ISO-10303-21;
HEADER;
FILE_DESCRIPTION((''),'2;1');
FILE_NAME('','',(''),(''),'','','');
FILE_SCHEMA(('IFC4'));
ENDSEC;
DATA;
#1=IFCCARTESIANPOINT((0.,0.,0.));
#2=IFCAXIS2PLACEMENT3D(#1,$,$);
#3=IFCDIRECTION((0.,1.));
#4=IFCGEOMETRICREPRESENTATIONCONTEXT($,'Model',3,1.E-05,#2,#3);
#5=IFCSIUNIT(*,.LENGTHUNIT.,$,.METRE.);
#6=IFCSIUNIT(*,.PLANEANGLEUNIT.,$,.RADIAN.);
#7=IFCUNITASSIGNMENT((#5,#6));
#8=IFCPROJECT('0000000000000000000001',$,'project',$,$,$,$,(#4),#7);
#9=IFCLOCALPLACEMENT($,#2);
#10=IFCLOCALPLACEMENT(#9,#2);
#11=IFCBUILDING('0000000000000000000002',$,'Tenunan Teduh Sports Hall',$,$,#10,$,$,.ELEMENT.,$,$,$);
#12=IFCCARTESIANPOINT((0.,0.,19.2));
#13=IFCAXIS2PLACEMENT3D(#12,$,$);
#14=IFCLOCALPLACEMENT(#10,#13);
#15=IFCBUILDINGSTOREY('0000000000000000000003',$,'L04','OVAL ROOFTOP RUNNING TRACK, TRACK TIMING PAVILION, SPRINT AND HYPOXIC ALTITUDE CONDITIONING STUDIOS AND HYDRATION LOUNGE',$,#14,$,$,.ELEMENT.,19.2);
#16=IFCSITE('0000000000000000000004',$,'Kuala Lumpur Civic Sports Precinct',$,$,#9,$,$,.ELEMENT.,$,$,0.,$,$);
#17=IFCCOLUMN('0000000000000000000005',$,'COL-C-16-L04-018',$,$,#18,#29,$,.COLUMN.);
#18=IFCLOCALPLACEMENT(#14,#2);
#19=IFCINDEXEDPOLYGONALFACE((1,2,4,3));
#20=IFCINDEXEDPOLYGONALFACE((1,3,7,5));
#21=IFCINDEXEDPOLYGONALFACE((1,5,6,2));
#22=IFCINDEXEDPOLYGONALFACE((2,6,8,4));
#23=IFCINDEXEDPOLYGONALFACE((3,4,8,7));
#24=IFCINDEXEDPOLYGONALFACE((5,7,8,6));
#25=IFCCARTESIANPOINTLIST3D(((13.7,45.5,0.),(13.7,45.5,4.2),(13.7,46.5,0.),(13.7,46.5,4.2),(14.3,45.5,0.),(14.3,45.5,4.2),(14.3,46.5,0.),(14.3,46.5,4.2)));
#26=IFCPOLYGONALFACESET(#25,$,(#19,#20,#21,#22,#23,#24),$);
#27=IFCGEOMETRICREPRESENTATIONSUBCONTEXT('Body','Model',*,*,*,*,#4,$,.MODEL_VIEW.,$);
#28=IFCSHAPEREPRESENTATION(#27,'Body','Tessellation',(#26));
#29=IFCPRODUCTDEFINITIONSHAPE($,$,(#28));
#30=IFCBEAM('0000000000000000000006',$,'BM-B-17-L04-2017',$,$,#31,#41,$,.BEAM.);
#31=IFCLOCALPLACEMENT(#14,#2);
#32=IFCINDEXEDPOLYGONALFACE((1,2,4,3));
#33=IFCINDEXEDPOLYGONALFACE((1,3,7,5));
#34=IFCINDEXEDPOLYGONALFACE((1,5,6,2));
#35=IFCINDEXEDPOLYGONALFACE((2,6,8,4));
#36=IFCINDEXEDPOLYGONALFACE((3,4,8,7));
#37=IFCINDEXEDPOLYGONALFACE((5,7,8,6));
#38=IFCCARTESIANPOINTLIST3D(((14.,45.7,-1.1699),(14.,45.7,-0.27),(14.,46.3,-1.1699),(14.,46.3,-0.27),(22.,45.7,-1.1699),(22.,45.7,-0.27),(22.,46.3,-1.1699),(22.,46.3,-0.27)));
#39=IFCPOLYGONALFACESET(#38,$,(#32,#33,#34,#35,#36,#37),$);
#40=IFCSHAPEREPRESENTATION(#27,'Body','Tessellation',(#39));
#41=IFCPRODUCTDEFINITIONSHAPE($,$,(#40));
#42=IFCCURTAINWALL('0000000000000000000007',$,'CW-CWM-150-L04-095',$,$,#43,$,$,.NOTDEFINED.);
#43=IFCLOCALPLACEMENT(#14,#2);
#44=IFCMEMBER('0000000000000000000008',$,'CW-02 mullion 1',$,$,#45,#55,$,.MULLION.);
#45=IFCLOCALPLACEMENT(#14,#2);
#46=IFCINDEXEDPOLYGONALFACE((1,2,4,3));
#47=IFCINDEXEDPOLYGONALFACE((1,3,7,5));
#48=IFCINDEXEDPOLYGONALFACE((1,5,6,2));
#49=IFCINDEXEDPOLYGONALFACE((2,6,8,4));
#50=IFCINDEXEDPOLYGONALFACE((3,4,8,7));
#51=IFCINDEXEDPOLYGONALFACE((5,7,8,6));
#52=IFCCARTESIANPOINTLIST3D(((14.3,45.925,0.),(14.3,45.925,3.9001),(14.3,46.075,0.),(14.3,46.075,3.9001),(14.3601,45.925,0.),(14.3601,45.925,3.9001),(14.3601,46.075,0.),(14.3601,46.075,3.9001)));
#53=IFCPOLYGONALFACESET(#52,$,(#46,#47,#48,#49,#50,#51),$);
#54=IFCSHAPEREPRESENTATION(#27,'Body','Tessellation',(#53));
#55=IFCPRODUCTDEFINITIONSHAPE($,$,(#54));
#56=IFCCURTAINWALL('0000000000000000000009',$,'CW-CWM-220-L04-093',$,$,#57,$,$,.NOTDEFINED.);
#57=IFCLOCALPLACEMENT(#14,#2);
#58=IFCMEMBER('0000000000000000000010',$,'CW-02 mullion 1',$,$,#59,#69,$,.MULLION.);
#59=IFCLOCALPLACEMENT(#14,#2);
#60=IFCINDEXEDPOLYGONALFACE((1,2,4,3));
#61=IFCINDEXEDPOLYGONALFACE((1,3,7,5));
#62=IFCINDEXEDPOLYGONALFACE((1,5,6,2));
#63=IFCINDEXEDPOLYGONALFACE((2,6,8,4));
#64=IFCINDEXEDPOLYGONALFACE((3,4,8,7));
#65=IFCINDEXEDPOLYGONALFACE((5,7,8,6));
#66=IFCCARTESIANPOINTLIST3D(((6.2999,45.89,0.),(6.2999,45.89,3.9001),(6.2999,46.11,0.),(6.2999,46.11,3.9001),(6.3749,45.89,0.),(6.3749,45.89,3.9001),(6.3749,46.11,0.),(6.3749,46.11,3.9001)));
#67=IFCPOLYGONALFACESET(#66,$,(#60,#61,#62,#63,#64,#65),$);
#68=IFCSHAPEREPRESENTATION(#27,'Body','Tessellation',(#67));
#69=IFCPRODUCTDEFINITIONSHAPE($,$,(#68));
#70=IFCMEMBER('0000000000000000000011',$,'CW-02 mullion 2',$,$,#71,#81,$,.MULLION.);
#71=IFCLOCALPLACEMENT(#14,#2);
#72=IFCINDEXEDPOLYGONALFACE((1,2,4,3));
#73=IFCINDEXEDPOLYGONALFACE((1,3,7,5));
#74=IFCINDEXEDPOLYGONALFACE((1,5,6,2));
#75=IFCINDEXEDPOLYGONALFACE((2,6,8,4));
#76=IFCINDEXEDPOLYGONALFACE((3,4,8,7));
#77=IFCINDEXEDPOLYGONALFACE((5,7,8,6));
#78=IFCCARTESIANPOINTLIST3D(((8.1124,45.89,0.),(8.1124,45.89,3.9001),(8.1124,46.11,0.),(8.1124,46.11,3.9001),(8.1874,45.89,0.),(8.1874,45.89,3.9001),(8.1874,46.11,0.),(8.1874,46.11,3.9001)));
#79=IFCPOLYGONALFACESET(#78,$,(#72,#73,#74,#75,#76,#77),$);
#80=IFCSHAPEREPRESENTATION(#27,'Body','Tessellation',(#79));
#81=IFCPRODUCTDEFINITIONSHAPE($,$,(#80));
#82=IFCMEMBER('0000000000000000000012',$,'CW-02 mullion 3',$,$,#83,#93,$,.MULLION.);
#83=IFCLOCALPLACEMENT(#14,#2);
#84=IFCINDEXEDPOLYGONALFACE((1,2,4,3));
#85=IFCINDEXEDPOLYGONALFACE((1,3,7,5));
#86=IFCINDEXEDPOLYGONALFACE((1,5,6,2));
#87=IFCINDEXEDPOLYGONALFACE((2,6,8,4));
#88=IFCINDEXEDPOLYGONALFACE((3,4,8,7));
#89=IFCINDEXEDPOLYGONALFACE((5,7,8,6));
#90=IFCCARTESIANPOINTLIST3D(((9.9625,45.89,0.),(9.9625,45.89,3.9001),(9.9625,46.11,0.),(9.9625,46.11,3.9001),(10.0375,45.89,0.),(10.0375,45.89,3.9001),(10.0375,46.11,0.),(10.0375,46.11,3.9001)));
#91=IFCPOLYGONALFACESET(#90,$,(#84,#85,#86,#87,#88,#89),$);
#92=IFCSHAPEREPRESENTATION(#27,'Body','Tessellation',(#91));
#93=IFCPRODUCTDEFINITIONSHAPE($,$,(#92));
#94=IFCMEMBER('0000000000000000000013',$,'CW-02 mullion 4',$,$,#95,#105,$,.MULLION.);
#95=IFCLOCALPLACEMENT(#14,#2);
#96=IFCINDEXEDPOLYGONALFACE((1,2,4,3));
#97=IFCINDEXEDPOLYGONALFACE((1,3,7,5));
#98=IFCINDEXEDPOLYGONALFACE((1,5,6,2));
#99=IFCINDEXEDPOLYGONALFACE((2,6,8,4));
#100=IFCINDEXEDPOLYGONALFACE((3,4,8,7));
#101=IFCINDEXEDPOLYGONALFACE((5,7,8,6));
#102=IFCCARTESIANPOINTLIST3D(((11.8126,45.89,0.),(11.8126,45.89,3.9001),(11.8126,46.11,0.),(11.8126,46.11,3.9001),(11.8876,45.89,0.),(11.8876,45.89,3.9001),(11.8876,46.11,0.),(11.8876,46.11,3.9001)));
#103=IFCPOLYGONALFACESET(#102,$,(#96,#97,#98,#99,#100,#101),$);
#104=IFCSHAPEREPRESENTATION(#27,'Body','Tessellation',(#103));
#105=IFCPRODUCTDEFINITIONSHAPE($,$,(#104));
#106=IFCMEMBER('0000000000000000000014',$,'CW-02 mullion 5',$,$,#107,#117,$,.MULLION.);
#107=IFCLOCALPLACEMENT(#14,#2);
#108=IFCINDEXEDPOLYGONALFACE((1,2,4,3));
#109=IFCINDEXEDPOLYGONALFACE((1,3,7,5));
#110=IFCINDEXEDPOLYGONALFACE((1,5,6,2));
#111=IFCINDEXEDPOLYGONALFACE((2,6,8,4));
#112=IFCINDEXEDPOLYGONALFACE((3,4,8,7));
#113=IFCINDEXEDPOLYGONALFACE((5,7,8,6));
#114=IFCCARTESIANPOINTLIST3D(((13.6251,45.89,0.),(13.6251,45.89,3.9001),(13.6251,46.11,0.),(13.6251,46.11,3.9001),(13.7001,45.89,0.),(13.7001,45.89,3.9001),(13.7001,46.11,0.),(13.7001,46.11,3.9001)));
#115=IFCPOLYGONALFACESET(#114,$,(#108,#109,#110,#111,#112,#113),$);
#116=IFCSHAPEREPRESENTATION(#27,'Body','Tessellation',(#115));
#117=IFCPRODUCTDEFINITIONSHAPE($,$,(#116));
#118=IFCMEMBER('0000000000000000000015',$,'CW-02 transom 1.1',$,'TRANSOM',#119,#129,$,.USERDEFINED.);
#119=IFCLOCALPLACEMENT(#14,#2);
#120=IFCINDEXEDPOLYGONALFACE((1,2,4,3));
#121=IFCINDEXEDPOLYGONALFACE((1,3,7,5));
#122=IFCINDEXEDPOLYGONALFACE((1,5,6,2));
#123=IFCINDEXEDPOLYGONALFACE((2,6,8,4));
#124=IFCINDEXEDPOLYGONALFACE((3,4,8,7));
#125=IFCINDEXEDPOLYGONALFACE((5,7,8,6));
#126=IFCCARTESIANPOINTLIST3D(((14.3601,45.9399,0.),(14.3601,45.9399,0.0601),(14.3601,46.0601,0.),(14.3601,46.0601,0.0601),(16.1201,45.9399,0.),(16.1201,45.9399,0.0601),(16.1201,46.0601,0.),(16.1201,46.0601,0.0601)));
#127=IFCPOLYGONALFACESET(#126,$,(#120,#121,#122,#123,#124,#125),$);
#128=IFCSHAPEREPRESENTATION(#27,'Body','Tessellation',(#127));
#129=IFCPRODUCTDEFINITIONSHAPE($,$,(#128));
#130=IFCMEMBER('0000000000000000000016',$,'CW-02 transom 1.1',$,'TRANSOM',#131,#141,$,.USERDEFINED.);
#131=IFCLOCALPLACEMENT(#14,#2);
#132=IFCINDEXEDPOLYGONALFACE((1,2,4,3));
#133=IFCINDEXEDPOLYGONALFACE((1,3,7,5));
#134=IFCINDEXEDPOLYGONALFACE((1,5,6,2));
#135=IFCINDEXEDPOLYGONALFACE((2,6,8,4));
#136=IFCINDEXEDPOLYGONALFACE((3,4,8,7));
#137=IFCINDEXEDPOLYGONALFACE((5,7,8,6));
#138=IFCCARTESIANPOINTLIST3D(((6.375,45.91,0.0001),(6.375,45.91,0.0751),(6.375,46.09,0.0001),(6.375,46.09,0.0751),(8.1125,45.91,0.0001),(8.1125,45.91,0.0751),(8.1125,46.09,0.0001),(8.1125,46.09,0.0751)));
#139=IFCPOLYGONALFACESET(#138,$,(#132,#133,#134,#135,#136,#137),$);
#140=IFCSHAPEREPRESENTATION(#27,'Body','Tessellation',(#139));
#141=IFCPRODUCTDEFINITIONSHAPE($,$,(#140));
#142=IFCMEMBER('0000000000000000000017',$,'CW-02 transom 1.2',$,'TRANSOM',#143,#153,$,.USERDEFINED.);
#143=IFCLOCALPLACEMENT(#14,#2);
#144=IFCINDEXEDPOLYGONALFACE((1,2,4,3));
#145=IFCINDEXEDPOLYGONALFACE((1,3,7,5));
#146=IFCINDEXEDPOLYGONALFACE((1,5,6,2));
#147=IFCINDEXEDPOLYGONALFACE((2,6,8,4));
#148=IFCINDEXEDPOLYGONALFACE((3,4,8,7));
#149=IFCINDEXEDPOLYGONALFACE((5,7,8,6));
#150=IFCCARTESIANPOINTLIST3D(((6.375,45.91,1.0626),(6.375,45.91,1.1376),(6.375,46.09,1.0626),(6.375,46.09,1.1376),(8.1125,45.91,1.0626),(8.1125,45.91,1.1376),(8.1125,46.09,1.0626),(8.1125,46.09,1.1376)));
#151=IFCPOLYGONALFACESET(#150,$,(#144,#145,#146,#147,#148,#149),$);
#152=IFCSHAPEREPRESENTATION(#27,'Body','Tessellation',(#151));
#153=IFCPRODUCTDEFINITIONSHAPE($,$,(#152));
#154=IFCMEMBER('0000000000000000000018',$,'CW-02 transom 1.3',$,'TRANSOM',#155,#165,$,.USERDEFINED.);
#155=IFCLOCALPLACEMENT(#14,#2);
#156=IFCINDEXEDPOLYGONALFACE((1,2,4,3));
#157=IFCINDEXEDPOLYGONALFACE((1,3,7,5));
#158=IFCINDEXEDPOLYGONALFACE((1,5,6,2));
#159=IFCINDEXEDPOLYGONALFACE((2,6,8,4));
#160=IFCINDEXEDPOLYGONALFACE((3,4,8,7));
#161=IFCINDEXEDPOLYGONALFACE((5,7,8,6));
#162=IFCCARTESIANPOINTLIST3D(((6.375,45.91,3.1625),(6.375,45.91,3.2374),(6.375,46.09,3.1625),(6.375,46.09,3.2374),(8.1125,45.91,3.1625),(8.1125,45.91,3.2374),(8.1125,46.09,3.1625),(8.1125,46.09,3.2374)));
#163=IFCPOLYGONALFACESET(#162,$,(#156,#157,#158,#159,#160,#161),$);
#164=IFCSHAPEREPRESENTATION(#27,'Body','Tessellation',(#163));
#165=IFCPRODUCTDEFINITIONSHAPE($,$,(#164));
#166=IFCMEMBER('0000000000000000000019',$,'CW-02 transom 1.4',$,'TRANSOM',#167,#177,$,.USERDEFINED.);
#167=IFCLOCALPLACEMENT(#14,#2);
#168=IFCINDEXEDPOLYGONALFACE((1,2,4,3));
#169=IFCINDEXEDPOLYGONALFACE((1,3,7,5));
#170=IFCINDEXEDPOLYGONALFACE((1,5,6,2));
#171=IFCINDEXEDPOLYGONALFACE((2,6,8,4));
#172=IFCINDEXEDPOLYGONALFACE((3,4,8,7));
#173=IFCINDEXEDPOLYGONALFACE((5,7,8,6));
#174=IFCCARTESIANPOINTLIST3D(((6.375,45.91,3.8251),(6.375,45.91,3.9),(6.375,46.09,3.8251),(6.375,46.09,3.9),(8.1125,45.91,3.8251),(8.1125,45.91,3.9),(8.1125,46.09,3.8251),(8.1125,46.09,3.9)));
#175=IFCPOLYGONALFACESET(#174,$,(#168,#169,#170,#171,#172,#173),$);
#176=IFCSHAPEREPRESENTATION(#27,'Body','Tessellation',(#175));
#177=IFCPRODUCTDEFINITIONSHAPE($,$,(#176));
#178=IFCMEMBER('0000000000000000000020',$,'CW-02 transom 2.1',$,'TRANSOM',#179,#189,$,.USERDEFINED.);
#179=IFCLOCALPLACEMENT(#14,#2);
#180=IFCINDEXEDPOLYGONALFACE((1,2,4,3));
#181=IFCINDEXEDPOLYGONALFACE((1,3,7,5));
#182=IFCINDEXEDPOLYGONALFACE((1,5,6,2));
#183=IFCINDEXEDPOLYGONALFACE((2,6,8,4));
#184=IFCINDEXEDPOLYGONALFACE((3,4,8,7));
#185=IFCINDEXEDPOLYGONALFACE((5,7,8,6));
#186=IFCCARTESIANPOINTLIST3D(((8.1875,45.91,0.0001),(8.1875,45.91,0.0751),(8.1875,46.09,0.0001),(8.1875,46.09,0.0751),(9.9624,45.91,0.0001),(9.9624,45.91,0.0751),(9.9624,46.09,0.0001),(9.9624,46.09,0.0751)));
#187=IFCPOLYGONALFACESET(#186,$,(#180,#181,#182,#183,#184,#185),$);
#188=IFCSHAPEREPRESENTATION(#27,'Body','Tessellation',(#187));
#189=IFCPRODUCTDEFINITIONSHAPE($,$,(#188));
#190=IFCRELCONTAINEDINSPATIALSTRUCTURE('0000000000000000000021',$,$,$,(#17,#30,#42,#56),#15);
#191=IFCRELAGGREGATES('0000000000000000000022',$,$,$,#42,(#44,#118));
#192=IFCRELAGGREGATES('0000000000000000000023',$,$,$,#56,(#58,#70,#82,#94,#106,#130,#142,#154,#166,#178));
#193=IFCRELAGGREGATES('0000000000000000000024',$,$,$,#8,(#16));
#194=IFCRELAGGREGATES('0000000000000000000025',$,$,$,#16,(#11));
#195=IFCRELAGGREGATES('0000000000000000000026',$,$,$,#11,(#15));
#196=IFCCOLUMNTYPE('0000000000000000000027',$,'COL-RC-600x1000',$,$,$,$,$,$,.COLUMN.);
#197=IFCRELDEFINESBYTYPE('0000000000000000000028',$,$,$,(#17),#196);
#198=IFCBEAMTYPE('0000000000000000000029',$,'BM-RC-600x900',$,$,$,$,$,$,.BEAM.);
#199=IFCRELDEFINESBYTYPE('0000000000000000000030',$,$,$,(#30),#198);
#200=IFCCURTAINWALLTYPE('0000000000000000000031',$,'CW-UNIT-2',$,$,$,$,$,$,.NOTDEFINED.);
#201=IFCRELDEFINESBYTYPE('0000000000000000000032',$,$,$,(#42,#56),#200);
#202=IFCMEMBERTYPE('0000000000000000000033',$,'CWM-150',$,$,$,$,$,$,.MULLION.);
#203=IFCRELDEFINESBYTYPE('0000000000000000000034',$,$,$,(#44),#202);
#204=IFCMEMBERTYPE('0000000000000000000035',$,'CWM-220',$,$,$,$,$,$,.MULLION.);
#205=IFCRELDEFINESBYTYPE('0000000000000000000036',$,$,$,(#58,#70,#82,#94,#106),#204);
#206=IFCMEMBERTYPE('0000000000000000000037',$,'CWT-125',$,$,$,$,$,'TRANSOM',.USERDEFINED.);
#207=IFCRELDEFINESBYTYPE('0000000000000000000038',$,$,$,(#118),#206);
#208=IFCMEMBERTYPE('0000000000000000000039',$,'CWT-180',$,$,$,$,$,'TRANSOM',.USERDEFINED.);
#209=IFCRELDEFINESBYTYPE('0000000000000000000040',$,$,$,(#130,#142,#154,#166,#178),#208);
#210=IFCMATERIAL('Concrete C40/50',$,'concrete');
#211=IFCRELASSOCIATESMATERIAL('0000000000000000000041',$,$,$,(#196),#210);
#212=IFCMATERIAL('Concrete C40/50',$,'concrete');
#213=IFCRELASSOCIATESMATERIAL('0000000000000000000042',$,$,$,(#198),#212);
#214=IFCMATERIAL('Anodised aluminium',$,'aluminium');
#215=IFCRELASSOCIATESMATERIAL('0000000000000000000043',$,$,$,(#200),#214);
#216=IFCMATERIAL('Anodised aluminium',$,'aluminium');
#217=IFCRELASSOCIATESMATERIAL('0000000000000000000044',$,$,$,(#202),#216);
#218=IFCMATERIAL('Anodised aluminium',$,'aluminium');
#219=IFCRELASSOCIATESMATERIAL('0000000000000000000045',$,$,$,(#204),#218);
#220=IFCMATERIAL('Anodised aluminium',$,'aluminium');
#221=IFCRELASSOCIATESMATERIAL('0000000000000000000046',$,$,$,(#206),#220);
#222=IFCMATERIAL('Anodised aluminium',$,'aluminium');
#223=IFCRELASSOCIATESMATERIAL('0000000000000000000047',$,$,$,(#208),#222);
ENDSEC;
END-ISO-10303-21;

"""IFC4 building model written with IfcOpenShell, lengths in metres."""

from ifc_helpers import new_model, si_unit, direction, frame, origin, origin_2d, place, context, subcontext, project, spatial, rectangle, extrude, material, material_profile, profile_set, type_object, element, aggregate, save


model = new_model("IFC4")

# Units and contexts
model_context = context("Model", 3, precision=1e-05, world=origin(), true_north=direction((0.0, 1.0)))
body_context = subcontext(model_context, "Body", "Model", "MODEL_VIEW")
ifc_project = project(units=[si_unit("LENGTHUNIT", "METRE"), si_unit("PLANEANGLEUNIT", "RADIAN")], contexts=[model_context])

# Site, building, storey
site_placement = place(None, origin())
site = spatial("IfcSite", under=ifc_project, at=site_placement, Name="Kuala Lumpur Civic Sports Precinct", CompositionType="ELEMENT", RefElevation=0.0)
building_placement = place(site_placement, origin())
building = spatial("IfcBuilding", under=site, at=building_placement, Name="Tenunan Teduh Sports Hall", CompositionType="ELEMENT")
storey_placement = place(building_placement, frame((0.0, 0.0, 19.2)))
storey = spatial("IfcBuildingStorey", under=building, at=storey_placement, Name="L04", Description="OVAL ROOFTOP RUNNING TRACK, TRACK TIMING PAVILION, SPRINT AND HYPOXIC ALTITUDE CONDITIONING STUDIOS AND HYDRATION LOUNGE", CompositionType="ELEMENT", Elevation=19.2)

# Column
ifc_material_1 = material(Name="Concrete C40/50", Category="concrete")
ifc_material_profile_1 = material_profile(ifc_material_1, rectangle(XDim=0.6001, YDim=1.0, at=origin_2d()), Name="RC 600x1000")
ifc_profile_set_1 = profile_set([ifc_material_profile_1], Name="Concrete C40/50")
column_type = type_object("IfcColumnType", Name="COL-RC-600x1000", PredefinedType="COLUMN", material=ifc_profile_set_1)
column_placement = place(storey_placement, frame((14.0, 46.0, 0.0), z_axis=(0.0, 0.0, 1.0), x_axis=(1.0, 0.0, 0.0)))
element("IfcColumn", 1, at=column_placement, inside=storey, type_object=column_type, Name="COL-C-16-L04-018", PredefinedType="COLUMN", context=body_context, shape_type="SweptSolid", body=[
    extrude(rectangle(XDim=0.6001, YDim=1.0, at=origin_2d()), origin(), (0.0, 0.0, 1.0), 4.2),
])

# Beam
ifc_material_2 = material(Name="Concrete C40/50", Category="concrete")
ifc_material_profile_2 = material_profile(ifc_material_2, rectangle(XDim=0.6001, YDim=0.8999, at=origin_2d()), Name="RCB 600x900")
ifc_profile_set_2 = profile_set([ifc_material_profile_2], Name="Concrete C40/50")
beam_type = type_object("IfcBeamType", Name="BM-RC-600x900", PredefinedType="BEAM", material=ifc_profile_set_2)
beam_placement = place(storey_placement, frame((14.0, 46.0, -0.72), z_axis=(1.0, 0.0, 0.0), x_axis=(0.0, 1.0, 0.0)))
element("IfcBeam", 2, at=beam_placement, inside=storey, type_object=beam_type, Name="BM-B-17-L04-2017", PredefinedType="BEAM", context=body_context, shape_type="SweptSolid", body=[
    extrude(rectangle(XDim=0.6001, YDim=0.8999, at=origin_2d()), origin(), (0.0, 0.0, 1.0), 8.0),
])

# Curtain wall, member
ifc_material_3 = material(Name="Anodised aluminium", Category="aluminium")
curtain_wall_type = type_object("IfcCurtainWallType", Name="CW-UNIT-2", PredefinedType="NOTDEFINED", material=ifc_material_3)
curtain_wall_1_placement = place(storey_placement, origin())
curtain_wall_1 = element("IfcCurtainWall", 3, at=curtain_wall_1_placement, inside=storey, type_object=curtain_wall_type, Name="CW-CWM-150-L04-095", PredefinedType="NOTDEFINED")
ifc_material_4 = material(Name="Anodised aluminium", Category="aluminium")
ifc_material_profile_3 = material_profile(ifc_material_4, rectangle(XDim=0.0601, YDim=0.1499, at=origin_2d()), Name="CWM 60x150")
ifc_profile_set_3 = profile_set([ifc_material_profile_3], Name="Anodised aluminium")
member_type_1 = type_object("IfcMemberType", Name="CWM-150", PredefinedType="MULLION", material=ifc_profile_set_3)
member_1_placement = place(storey_placement, frame((14.3301, 46.0, 0.0), z_axis=(0.0, 0.0, 1.0), x_axis=(1.0, 0.0, 0.0)))
member_1 = element("IfcMember", 4, at=member_1_placement, type_object=member_type_1, Name="CW-02 mullion 1", PredefinedType="MULLION", context=body_context, shape_type="SweptSolid", body=[
    extrude(rectangle(XDim=0.0601, YDim=0.1499, at=origin_2d()), origin(), (0.0, 0.0, 1.0), 3.9001),
])

# Curtain wall, members
curtain_wall_2_placement = place(storey_placement, origin())
curtain_wall_2 = element("IfcCurtainWall", 5, at=curtain_wall_2_placement, inside=storey, type_object=curtain_wall_type, Name="CW-CWM-220-L04-093", PredefinedType="NOTDEFINED")
ifc_material_5 = material(Name="Anodised aluminium", Category="aluminium")
ifc_material_profile_4 = material_profile(ifc_material_5, rectangle(XDim=0.075, YDim=0.22, at=origin_2d()), Name="CWM 75x220")
ifc_profile_set_4 = profile_set([ifc_material_profile_4], Name="Anodised aluminium")
member_type_2 = type_object("IfcMemberType", Name="CWM-220", PredefinedType="MULLION", material=ifc_profile_set_4)
member_2_placement = place(storey_placement, frame((6.3374, 46.0, 0.0), z_axis=(0.0, 0.0, 1.0), x_axis=(1.0, 0.0, 0.0)))
member_2 = element("IfcMember", 6, at=member_2_placement, type_object=member_type_2, Name="CW-02 mullion 1", PredefinedType="MULLION", context=body_context, shape_type="SweptSolid", body=[
    extrude(rectangle(XDim=0.075, YDim=0.22, at=origin_2d()), origin(), (0.0, 0.0, 1.0), 3.9001),
])
member_3_placement = place(storey_placement, frame((8.1499, 46.0, 0.0), z_axis=(0.0, 0.0, 1.0), x_axis=(1.0, 0.0, 0.0)))
member_3 = element("IfcMember", 7, at=member_3_placement, type_object=member_type_2, Name="CW-02 mullion 2", PredefinedType="MULLION", context=body_context, shape_type="SweptSolid", body=[
    extrude(rectangle(XDim=0.075, YDim=0.22, at=origin_2d()), origin(), (0.0, 0.0, 1.0), 3.9001),
])
member_4_placement = place(storey_placement, frame((10.0, 46.0, 0.0), z_axis=(0.0, 0.0, 1.0), x_axis=(1.0, 0.0, 0.0)))
member_4 = element("IfcMember", 8, at=member_4_placement, type_object=member_type_2, Name="CW-02 mullion 3", PredefinedType="MULLION", context=body_context, shape_type="SweptSolid", body=[
    extrude(rectangle(XDim=0.075, YDim=0.22, at=origin_2d()), origin(), (0.0, 0.0, 1.0), 3.9001),
])
member_5_placement = place(storey_placement, frame((11.8501, 46.0, 0.0), z_axis=(0.0, 0.0, 1.0), x_axis=(1.0, 0.0, 0.0)))
member_5 = element("IfcMember", 9, at=member_5_placement, type_object=member_type_2, Name="CW-02 mullion 4", PredefinedType="MULLION", context=body_context, shape_type="SweptSolid", body=[
    extrude(rectangle(XDim=0.075, YDim=0.22, at=origin_2d()), origin(), (0.0, 0.0, 1.0), 3.9001),
])
member_6_placement = place(storey_placement, frame((13.6626, 46.0, 0.0), z_axis=(0.0, 0.0, 1.0), x_axis=(1.0, 0.0, 0.0)))
member_6 = element("IfcMember", 10, at=member_6_placement, type_object=member_type_2, Name="CW-02 mullion 5", PredefinedType="MULLION", context=body_context, shape_type="SweptSolid", body=[
    extrude(rectangle(XDim=0.075, YDim=0.22, at=origin_2d()), origin(), (0.0, 0.0, 1.0), 3.9001),
])

# Members
ifc_material_6 = material(Name="Anodised aluminium", Category="aluminium")
ifc_material_profile_5 = material_profile(ifc_material_6, rectangle(XDim=0.0601, YDim=0.1201, at=origin_2d()), Name="CWT 60x120")
ifc_profile_set_5 = profile_set([ifc_material_profile_5], Name="Anodised aluminium")
member_type_3 = type_object("IfcMemberType", Name="CWT-125", ElementType="TRANSOM", PredefinedType="USERDEFINED", material=ifc_profile_set_5)
member_7_placement = place(storey_placement, frame((14.3601, 46.0, 0.03), z_axis=(1.0, 0.0, 0.0), x_axis=(0.0, 0.0, 1.0)))
member_7 = element("IfcMember", 11, at=member_7_placement, type_object=member_type_3, Name="CW-02 transom 1.1", ObjectType="TRANSOM", PredefinedType="USERDEFINED", context=body_context, shape_type="SweptSolid", body=[
    extrude(rectangle(XDim=0.0601, YDim=0.1201, at=origin_2d()), origin(), (0.0, 0.0, 1.0), 1.76),
])
aggregate(curtain_wall_1, [member_1, member_7])
ifc_material_7 = material(Name="Anodised aluminium", Category="aluminium")
ifc_material_profile_6 = material_profile(ifc_material_7, rectangle(XDim=0.075, YDim=0.1799, at=origin_2d()), Name="CWT 75x180")
ifc_profile_set_6 = profile_set([ifc_material_profile_6], Name="Anodised aluminium")
member_type_4 = type_object("IfcMemberType", Name="CWT-180", ElementType="TRANSOM", PredefinedType="USERDEFINED", material=ifc_profile_set_6)
member_8_placement = place(storey_placement, frame((6.375, 46.0, 0.0376), z_axis=(1.0, 0.0, 0.0), x_axis=(0.0, 0.0, 1.0)))
member_8 = element("IfcMember", 12, at=member_8_placement, type_object=member_type_4, Name="CW-02 transom 1.1", ObjectType="TRANSOM", PredefinedType="USERDEFINED", context=body_context, shape_type="SweptSolid", body=[
    extrude(rectangle(XDim=0.075, YDim=0.1799, at=origin_2d()), origin(), (0.0, 0.0, 1.0), 1.7375),
])
member_9_placement = place(storey_placement, frame((6.375, 46.0, 1.1001), z_axis=(1.0, 0.0, 0.0), x_axis=(0.0, 0.0, 1.0)))
member_9 = element("IfcMember", 13, at=member_9_placement, type_object=member_type_4, Name="CW-02 transom 1.2", ObjectType="TRANSOM", PredefinedType="USERDEFINED", context=body_context, shape_type="SweptSolid", body=[
    extrude(rectangle(XDim=0.075, YDim=0.1799, at=origin_2d()), origin(), (0.0, 0.0, 1.0), 1.7375),
])
member_10_placement = place(storey_placement, frame((6.375, 46.0, 3.2), z_axis=(1.0, 0.0, 0.0), x_axis=(0.0, 0.0, 1.0)))
member_10 = element("IfcMember", 14, at=member_10_placement, type_object=member_type_4, Name="CW-02 transom 1.3", ObjectType="TRANSOM", PredefinedType="USERDEFINED", context=body_context, shape_type="SweptSolid", body=[
    extrude(rectangle(XDim=0.075, YDim=0.1799, at=origin_2d()), origin(), (0.0, 0.0, 1.0), 1.7375),
])
member_11_placement = place(storey_placement, frame((6.375, 46.0, 3.8625), z_axis=(1.0, 0.0, 0.0), x_axis=(0.0, 0.0, 1.0)))
member_11 = element("IfcMember", 15, at=member_11_placement, type_object=member_type_4, Name="CW-02 transom 1.4", ObjectType="TRANSOM", PredefinedType="USERDEFINED", context=body_context, shape_type="SweptSolid", body=[
    extrude(rectangle(XDim=0.075, YDim=0.1799, at=origin_2d()), origin(), (0.0, 0.0, 1.0), 1.7375),
])
member_12_placement = place(storey_placement, frame((8.1875, 46.0, 0.0376), z_axis=(1.0, 0.0, 0.0), x_axis=(0.0, 0.0, 1.0)))
member_12 = element("IfcMember", 16, at=member_12_placement, type_object=member_type_4, Name="CW-02 transom 2.1", ObjectType="TRANSOM", PredefinedType="USERDEFINED", context=body_context, shape_type="SweptSolid", body=[
    extrude(rectangle(XDim=0.075, YDim=0.1799, at=origin_2d()), origin(), (0.0, 0.0, 1.0), 1.7749),
])

aggregate(curtain_wall_2, [member_2, member_3, member_4, member_5, member_6, member_8, member_9, member_10, member_11, member_12])

save(model, "model.ifc")
